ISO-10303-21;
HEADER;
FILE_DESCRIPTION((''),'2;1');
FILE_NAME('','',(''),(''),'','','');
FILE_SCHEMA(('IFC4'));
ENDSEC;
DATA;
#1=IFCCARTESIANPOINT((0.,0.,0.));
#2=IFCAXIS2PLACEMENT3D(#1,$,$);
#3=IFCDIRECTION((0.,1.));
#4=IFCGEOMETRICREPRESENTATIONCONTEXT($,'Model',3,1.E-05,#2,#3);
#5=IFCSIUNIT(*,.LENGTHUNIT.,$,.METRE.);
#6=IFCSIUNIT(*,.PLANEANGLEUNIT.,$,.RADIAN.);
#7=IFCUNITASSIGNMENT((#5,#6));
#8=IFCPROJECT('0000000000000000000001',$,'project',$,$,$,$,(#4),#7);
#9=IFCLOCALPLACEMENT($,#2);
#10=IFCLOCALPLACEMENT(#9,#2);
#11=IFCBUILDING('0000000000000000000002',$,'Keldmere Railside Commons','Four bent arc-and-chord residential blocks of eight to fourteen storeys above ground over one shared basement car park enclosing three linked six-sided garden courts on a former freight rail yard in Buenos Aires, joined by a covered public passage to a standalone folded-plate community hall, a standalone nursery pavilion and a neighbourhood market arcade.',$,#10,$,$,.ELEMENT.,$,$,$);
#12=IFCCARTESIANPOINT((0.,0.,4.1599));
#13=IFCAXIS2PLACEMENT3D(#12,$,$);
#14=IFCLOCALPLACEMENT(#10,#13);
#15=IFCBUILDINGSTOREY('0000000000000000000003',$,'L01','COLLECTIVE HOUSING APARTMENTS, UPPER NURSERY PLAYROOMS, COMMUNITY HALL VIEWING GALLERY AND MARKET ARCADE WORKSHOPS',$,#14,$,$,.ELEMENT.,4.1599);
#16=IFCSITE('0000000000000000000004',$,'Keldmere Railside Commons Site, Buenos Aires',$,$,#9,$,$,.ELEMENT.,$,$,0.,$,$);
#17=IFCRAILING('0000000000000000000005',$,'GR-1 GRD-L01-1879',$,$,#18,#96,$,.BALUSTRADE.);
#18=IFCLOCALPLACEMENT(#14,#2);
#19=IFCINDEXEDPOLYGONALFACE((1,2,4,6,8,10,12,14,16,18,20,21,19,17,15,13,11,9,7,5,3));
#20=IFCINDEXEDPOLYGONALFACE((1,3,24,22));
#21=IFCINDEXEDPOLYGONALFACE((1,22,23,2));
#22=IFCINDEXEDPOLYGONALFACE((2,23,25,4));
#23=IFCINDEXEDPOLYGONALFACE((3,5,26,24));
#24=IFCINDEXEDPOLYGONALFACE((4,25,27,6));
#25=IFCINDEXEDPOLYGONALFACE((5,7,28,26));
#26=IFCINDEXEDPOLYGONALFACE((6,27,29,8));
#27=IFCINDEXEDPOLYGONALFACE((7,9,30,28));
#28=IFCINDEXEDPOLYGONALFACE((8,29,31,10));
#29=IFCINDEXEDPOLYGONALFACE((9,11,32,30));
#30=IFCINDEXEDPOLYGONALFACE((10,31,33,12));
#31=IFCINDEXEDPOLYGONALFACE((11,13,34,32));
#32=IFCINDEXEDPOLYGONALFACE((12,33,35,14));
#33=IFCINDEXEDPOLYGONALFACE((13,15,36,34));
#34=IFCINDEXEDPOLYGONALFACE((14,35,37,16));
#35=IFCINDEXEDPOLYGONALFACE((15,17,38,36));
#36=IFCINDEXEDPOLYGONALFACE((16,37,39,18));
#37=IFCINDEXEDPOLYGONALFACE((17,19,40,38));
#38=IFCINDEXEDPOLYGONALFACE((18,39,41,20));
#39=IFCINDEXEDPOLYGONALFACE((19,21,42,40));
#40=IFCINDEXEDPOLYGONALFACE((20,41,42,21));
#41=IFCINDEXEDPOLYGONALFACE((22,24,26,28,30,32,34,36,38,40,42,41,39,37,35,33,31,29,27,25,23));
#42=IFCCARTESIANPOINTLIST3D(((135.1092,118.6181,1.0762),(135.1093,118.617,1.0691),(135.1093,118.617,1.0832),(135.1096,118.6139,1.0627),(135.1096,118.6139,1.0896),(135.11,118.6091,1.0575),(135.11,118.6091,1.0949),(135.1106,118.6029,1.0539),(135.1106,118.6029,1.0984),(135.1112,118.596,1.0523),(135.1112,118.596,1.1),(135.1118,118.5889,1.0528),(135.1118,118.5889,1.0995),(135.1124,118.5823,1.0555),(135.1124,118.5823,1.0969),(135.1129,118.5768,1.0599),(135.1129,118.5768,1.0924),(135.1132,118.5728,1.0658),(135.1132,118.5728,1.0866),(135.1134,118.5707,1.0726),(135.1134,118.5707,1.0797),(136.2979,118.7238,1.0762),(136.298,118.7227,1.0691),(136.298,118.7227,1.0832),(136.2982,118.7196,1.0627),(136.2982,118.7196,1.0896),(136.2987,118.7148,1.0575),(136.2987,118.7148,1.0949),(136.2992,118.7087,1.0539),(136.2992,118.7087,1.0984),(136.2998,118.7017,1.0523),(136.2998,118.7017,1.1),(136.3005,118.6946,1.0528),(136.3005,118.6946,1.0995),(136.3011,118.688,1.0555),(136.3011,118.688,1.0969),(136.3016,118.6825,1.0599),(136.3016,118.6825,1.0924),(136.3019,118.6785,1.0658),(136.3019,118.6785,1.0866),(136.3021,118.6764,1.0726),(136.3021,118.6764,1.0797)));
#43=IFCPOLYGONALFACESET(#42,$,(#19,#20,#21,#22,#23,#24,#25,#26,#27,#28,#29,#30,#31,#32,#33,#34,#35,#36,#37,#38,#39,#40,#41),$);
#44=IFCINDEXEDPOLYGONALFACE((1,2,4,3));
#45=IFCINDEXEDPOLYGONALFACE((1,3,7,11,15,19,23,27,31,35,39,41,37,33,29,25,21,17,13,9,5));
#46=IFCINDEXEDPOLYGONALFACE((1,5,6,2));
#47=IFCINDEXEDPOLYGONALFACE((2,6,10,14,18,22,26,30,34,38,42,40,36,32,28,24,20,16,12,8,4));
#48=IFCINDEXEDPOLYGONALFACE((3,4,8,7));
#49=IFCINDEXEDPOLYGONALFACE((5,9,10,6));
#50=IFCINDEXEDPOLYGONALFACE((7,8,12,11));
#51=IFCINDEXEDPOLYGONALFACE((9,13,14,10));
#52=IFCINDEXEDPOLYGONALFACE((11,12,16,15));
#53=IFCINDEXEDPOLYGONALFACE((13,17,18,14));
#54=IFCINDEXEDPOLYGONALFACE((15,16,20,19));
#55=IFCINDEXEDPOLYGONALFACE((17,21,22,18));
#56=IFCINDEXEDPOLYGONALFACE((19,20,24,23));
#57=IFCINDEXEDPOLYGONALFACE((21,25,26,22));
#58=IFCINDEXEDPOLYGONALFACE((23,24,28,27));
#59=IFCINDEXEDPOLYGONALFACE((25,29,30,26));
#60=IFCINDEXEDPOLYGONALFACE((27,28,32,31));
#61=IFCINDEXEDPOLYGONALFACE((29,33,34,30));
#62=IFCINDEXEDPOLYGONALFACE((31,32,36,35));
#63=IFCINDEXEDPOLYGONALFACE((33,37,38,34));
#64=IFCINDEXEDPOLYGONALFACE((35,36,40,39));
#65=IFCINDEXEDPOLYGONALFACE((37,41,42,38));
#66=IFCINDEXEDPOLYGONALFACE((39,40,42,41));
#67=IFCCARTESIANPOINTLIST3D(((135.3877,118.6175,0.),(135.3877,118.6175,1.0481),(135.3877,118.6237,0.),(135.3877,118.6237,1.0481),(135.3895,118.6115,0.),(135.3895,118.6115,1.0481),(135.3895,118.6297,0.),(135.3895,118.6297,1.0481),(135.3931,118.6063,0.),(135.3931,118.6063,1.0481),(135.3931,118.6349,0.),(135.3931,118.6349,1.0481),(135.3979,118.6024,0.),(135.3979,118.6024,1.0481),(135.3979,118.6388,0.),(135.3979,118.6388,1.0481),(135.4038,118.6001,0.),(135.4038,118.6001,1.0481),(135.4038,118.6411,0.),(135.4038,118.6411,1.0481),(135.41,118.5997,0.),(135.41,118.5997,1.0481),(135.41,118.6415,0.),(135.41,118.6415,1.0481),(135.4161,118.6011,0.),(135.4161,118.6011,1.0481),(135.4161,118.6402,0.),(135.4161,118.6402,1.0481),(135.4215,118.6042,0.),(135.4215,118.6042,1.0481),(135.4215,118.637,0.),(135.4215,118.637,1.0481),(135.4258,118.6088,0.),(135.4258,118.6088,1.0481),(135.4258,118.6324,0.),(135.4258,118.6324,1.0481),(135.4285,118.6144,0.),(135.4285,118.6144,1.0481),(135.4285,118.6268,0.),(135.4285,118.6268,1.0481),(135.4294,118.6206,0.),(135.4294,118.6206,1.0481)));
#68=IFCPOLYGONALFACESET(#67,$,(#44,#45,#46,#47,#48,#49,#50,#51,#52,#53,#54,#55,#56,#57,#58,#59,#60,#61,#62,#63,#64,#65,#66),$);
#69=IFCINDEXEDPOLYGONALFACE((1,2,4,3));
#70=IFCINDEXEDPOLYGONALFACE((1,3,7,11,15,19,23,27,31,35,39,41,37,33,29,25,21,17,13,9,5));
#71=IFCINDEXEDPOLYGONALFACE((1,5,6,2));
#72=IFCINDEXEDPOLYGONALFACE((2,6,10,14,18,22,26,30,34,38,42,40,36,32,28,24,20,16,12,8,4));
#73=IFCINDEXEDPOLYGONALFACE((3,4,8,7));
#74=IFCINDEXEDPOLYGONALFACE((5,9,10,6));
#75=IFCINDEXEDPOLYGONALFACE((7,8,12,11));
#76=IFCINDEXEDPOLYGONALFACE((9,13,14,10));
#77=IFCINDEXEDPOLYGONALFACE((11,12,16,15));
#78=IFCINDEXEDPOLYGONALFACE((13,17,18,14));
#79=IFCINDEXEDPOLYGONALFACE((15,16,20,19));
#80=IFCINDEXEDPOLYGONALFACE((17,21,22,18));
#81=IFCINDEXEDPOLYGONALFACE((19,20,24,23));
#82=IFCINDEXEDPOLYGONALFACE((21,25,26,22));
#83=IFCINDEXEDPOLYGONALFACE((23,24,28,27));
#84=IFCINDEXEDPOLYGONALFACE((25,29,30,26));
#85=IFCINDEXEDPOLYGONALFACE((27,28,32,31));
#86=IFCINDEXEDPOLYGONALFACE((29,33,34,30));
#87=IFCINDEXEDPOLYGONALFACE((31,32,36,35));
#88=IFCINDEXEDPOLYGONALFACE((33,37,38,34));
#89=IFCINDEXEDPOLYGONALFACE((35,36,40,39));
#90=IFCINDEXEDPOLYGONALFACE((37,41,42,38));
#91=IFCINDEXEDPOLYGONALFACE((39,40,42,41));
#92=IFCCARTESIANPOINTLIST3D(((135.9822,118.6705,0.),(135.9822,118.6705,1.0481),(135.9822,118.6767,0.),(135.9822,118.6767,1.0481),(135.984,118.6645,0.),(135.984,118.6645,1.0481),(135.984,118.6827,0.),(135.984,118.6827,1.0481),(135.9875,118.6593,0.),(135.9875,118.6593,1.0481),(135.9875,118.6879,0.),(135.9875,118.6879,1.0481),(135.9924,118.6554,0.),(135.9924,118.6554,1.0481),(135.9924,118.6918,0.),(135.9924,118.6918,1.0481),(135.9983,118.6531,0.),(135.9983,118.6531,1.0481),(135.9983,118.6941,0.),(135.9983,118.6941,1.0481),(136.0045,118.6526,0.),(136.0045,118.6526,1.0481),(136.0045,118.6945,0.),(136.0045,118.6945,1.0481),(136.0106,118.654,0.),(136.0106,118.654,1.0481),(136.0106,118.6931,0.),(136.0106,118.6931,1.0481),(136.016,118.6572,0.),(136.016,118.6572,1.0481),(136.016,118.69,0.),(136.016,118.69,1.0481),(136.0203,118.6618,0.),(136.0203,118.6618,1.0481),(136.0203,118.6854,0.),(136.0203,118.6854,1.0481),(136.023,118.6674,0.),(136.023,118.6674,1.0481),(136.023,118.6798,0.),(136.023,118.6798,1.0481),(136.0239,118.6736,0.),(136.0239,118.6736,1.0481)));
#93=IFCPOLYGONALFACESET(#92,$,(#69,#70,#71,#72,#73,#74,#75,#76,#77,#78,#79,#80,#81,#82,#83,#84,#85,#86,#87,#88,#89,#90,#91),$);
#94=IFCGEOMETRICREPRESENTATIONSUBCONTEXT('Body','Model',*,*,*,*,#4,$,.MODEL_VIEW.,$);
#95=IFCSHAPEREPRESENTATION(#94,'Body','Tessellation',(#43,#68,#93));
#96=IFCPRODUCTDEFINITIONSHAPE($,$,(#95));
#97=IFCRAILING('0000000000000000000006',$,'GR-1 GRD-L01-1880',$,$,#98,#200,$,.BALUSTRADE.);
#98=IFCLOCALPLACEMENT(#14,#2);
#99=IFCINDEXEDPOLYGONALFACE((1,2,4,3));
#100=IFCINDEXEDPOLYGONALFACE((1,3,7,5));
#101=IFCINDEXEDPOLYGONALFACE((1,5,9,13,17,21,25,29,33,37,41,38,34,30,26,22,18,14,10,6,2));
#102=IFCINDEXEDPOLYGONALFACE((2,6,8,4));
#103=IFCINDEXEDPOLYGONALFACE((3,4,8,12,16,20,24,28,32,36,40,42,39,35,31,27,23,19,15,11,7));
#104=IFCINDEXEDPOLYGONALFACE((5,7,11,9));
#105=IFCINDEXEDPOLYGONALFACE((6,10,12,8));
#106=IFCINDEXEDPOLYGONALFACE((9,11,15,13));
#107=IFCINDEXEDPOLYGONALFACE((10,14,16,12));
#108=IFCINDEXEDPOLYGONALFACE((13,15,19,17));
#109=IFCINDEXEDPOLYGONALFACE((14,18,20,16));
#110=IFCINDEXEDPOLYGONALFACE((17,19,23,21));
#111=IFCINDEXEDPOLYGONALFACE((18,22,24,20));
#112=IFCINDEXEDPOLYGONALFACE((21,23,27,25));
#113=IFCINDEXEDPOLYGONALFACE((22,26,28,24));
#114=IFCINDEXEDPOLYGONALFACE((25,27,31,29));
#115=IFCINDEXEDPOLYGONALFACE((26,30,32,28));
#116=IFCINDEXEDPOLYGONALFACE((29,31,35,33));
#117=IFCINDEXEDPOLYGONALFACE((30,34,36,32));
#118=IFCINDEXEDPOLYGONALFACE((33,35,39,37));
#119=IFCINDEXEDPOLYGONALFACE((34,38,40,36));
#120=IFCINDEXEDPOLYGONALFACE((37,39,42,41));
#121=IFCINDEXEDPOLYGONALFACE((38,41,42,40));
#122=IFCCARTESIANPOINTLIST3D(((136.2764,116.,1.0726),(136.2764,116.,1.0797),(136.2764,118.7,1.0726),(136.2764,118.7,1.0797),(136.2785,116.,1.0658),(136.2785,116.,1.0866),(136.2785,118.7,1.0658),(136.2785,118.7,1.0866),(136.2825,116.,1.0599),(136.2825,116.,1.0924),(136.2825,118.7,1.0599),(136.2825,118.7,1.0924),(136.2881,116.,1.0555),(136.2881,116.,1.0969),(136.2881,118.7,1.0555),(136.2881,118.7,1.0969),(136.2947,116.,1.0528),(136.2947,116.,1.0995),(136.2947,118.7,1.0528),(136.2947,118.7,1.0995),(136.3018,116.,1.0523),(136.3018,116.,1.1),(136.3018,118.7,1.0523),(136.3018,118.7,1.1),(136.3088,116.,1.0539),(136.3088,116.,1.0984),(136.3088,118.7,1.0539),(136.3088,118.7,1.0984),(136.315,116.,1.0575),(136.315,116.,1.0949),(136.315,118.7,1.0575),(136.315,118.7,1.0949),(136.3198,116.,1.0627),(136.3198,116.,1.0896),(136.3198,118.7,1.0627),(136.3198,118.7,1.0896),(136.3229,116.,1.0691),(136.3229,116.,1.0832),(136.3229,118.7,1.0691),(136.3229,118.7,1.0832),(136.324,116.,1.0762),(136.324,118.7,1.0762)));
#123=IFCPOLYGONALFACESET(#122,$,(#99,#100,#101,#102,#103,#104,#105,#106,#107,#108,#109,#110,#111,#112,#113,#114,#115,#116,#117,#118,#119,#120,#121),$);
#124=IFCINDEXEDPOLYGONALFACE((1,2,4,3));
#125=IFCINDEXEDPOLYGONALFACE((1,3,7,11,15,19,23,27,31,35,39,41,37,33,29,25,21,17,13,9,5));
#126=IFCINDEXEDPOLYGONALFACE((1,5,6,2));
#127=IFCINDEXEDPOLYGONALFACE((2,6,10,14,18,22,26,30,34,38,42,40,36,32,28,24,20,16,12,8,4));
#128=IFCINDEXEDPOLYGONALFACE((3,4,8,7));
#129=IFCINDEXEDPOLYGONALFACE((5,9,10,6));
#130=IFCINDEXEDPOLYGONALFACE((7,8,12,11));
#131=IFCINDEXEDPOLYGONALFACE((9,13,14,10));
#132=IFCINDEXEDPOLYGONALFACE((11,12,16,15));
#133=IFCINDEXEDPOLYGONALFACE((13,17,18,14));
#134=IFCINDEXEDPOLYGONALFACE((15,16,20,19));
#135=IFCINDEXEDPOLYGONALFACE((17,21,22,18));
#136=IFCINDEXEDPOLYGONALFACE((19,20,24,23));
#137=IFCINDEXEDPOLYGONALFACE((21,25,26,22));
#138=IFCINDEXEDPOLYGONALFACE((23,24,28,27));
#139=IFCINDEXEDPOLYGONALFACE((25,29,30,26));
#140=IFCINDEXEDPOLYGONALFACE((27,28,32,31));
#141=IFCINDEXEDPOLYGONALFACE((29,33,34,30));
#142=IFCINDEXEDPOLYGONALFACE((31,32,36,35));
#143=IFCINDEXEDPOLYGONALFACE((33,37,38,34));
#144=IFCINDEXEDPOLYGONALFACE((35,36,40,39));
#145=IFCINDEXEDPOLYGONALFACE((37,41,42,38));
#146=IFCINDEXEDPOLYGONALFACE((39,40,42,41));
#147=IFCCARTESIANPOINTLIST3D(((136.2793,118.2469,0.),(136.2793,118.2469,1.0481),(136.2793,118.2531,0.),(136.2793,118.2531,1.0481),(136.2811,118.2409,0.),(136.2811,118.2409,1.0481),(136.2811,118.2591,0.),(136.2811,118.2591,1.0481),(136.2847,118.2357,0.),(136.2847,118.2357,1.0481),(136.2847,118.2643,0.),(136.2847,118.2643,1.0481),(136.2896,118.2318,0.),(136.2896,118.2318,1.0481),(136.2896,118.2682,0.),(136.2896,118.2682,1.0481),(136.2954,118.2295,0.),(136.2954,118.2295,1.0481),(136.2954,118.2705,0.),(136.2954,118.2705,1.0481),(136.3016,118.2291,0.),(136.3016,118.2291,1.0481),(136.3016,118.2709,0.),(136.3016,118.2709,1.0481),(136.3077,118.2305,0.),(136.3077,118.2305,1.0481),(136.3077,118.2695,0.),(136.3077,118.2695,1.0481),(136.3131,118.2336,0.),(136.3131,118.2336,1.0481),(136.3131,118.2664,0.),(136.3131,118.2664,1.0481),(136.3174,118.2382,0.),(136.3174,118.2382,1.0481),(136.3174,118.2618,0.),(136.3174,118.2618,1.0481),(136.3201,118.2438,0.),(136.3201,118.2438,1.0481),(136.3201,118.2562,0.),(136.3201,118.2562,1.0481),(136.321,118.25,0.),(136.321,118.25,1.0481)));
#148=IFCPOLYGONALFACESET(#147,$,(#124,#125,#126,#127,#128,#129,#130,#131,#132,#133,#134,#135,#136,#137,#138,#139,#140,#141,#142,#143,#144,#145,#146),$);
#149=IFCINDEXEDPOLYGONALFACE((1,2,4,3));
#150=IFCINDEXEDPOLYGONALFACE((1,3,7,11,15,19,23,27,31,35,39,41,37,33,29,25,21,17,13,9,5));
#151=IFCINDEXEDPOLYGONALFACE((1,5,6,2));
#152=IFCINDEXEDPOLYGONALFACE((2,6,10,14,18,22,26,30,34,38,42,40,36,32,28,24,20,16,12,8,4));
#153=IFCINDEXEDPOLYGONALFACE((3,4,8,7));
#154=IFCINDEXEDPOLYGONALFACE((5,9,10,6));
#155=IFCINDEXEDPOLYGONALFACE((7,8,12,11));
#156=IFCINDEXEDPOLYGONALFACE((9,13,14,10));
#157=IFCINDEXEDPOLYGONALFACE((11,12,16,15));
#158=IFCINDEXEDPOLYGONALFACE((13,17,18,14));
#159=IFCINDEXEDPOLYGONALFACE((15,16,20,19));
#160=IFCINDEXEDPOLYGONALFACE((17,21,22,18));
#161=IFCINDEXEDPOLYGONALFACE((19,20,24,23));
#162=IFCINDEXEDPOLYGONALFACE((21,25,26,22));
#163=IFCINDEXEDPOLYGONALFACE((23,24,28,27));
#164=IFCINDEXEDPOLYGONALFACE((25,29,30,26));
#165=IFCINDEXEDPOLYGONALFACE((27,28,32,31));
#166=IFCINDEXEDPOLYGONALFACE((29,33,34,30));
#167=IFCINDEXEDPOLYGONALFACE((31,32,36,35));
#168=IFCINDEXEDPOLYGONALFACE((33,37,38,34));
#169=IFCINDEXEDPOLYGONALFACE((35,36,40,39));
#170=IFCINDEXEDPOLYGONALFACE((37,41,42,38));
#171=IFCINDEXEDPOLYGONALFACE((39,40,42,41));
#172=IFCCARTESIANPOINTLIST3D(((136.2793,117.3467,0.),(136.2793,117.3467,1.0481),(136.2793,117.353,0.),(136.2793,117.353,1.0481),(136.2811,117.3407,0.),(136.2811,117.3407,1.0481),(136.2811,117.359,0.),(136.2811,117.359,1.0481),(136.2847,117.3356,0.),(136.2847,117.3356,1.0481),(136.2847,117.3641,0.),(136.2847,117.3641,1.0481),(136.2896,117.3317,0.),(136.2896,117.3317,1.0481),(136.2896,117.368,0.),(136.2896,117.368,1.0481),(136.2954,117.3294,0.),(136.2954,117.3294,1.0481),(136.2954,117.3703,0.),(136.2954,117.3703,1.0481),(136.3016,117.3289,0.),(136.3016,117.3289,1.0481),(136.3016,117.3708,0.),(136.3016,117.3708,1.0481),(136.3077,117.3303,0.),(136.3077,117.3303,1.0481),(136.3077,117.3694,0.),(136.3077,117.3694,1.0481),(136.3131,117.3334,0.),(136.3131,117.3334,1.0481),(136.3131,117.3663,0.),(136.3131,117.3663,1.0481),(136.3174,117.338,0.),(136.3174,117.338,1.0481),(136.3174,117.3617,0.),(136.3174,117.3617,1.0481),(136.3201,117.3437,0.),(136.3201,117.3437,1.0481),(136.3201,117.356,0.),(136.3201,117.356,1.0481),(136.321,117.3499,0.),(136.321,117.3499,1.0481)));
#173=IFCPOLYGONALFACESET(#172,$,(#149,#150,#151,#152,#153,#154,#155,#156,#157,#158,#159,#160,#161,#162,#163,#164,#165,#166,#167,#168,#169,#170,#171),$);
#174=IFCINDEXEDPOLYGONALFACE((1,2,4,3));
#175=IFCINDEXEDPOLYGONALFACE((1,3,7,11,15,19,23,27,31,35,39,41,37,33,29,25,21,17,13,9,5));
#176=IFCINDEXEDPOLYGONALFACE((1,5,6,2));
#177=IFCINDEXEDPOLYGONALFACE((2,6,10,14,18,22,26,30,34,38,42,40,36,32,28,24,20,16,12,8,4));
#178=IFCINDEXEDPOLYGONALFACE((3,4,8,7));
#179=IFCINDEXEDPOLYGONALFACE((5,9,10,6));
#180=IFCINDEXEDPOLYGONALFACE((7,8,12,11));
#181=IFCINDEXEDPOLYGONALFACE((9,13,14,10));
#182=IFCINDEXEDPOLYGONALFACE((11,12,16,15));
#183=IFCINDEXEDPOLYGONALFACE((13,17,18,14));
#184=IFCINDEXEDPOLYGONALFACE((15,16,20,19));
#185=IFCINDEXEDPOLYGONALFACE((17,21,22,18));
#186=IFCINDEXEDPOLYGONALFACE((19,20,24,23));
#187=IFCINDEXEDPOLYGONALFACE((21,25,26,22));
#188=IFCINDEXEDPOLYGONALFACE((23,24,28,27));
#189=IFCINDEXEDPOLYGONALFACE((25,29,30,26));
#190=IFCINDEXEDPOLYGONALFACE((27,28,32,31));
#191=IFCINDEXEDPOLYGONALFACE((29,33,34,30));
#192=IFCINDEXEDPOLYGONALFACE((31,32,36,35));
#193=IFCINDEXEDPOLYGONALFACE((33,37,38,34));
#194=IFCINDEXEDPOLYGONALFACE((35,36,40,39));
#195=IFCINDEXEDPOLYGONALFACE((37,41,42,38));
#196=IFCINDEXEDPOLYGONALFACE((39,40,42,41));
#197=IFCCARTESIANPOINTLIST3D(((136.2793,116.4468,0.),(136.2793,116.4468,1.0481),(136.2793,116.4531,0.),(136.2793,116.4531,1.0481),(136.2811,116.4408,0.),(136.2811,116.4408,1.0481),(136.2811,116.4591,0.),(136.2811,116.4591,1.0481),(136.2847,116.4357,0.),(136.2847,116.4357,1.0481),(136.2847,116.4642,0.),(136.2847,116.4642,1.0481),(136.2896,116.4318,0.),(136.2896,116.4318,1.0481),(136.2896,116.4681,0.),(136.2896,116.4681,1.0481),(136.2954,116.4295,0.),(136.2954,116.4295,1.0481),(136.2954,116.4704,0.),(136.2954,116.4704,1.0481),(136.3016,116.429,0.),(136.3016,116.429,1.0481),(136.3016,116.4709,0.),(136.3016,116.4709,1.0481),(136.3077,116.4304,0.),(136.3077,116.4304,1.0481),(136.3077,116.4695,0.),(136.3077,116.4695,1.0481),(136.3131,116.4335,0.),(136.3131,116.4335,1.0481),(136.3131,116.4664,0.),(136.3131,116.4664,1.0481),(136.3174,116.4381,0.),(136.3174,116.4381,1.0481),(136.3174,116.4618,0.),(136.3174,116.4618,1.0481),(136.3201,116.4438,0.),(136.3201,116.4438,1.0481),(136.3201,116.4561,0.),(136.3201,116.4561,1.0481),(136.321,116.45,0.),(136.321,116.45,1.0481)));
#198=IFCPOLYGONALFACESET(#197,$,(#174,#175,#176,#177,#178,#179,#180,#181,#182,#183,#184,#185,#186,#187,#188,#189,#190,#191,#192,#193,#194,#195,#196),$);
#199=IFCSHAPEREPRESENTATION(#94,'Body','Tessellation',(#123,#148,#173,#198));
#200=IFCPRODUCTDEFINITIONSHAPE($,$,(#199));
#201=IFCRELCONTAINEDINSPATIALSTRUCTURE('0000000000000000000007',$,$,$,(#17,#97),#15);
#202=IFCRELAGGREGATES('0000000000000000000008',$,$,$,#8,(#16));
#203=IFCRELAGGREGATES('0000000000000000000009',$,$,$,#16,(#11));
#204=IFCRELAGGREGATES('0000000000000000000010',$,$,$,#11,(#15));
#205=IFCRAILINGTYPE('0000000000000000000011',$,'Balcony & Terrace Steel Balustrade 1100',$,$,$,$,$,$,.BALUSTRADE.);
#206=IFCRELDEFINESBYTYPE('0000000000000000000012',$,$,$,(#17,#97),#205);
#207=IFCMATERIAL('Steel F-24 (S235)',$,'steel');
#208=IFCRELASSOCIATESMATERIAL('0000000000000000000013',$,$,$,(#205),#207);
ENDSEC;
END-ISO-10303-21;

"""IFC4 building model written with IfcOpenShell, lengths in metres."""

from ifc_helpers import new_model, si_unit, direction, frame, origin, origin_2d, place, context, subcontext, project, spatial, circle, extrude, material, type_object, element, save


model = new_model("IFC4")

# Units and contexts
model_context = context("Model", 3, precision=1e-05, world=origin(), true_north=direction((0.0, 1.0)))
body_context = subcontext(model_context, "Body", "Model", "MODEL_VIEW")
ifc_project = project(units=[si_unit("LENGTHUNIT", "METRE"), si_unit("PLANEANGLEUNIT", "RADIAN")], contexts=[model_context])

# Site, building, storey
site_placement = place(None, origin())
site = spatial("IfcSite", under=ifc_project, at=site_placement, Name="Keldmere Railside Commons Site, Buenos Aires", CompositionType="ELEMENT", RefElevation=0.0)
building_placement = place(site_placement, origin())
building = spatial("IfcBuilding", under=site, at=building_placement, Name="Keldmere Railside Commons", Description="Four bent arc-and-chord residential blocks of eight to fourteen storeys above ground over one shared basement car park enclosing three linked six-sided garden courts on a former freight rail yard in Buenos Aires, joined by a covered public passage to a standalone folded-plate community hall, a standalone nursery pavilion and a neighbourhood market arcade.", CompositionType="ELEMENT")
storey_placement = place(building_placement, frame((0.0, 0.0, 4.1599)))
storey = spatial("IfcBuildingStorey", under=building, at=storey_placement, Name="L01", Description="COLLECTIVE HOUSING APARTMENTS, UPPER NURSERY PLAYROOMS, COMMUNITY HALL VIEWING GALLERY AND MARKET ARCADE WORKSHOPS", CompositionType="ELEMENT", Elevation=4.1599)

# Railings
ifc_material_1 = material(Name="Steel F-24 (S235)", Category="steel")
railing_type = type_object("IfcRailingType", Name="Balcony & Terrace Steel Balustrade 1100", PredefinedType="BALUSTRADE", material=ifc_material_1)
railing_1_placement = place(storey_placement, frame((135.1113, 118.5942, 0.0)))
element("IfcRailing", 1, at=railing_1_placement, inside=storey, type_object=railing_type, Name="GR-1 GRD-L01-1879", PredefinedType="BALUSTRADE", context=body_context, shape_type="SweptSolid", body=[
    extrude(circle(Radius=0.0239, at=origin_2d()), frame((0.0, 0.0, 1.0762), z_axis=(0.996069, 0.08858, 0.0), x_axis=(-0.08858, 0.996069, 0.0)), (0.0, 0.0, 1.0), 1.1934),
    extrude(circle(Radius=0.021, at=origin_2d()), frame((0.2971, 0.0264, 0.0)), (0.0, 0.0, 1.0), 1.0481),
    extrude(circle(Radius=0.021, at=origin_2d()), frame((0.8916, 0.0793, 0.0)), (0.0, 0.0, 1.0), 1.0481),
])
railing_2_placement = place(storey_placement, frame((136.3, 118.7, 0.0)))
element("IfcRailing", 2, at=railing_2_placement, inside=storey, type_object=railing_type, Name="GR-1 GRD-L01-1880", PredefinedType="BALUSTRADE", context=body_context, shape_type="SweptSolid", body=[
    extrude(circle(Radius=0.0239, at=origin_2d()), frame((0.0, 0.0, 1.0762), z_axis=(0.0, -1.0, 0.0), x_axis=(1.0, 0.0, 0.0)), (0.0, 0.0, 1.0), 2.7),
    extrude(circle(Radius=0.021, at=origin_2d()), frame((0.0, -0.45, 0.0)), (0.0, 0.0, 1.0), 1.0481),
    extrude(circle(Radius=0.021, at=origin_2d()), frame((0.0, -1.3501, 0.0)), (0.0, 0.0, 1.0), 1.0481),
    extrude(circle(Radius=0.021, at=origin_2d()), frame((0.0, -2.25, 0.0)), (0.0, 0.0, 1.0), 1.0481),
])

save(model, "model.ifc")
